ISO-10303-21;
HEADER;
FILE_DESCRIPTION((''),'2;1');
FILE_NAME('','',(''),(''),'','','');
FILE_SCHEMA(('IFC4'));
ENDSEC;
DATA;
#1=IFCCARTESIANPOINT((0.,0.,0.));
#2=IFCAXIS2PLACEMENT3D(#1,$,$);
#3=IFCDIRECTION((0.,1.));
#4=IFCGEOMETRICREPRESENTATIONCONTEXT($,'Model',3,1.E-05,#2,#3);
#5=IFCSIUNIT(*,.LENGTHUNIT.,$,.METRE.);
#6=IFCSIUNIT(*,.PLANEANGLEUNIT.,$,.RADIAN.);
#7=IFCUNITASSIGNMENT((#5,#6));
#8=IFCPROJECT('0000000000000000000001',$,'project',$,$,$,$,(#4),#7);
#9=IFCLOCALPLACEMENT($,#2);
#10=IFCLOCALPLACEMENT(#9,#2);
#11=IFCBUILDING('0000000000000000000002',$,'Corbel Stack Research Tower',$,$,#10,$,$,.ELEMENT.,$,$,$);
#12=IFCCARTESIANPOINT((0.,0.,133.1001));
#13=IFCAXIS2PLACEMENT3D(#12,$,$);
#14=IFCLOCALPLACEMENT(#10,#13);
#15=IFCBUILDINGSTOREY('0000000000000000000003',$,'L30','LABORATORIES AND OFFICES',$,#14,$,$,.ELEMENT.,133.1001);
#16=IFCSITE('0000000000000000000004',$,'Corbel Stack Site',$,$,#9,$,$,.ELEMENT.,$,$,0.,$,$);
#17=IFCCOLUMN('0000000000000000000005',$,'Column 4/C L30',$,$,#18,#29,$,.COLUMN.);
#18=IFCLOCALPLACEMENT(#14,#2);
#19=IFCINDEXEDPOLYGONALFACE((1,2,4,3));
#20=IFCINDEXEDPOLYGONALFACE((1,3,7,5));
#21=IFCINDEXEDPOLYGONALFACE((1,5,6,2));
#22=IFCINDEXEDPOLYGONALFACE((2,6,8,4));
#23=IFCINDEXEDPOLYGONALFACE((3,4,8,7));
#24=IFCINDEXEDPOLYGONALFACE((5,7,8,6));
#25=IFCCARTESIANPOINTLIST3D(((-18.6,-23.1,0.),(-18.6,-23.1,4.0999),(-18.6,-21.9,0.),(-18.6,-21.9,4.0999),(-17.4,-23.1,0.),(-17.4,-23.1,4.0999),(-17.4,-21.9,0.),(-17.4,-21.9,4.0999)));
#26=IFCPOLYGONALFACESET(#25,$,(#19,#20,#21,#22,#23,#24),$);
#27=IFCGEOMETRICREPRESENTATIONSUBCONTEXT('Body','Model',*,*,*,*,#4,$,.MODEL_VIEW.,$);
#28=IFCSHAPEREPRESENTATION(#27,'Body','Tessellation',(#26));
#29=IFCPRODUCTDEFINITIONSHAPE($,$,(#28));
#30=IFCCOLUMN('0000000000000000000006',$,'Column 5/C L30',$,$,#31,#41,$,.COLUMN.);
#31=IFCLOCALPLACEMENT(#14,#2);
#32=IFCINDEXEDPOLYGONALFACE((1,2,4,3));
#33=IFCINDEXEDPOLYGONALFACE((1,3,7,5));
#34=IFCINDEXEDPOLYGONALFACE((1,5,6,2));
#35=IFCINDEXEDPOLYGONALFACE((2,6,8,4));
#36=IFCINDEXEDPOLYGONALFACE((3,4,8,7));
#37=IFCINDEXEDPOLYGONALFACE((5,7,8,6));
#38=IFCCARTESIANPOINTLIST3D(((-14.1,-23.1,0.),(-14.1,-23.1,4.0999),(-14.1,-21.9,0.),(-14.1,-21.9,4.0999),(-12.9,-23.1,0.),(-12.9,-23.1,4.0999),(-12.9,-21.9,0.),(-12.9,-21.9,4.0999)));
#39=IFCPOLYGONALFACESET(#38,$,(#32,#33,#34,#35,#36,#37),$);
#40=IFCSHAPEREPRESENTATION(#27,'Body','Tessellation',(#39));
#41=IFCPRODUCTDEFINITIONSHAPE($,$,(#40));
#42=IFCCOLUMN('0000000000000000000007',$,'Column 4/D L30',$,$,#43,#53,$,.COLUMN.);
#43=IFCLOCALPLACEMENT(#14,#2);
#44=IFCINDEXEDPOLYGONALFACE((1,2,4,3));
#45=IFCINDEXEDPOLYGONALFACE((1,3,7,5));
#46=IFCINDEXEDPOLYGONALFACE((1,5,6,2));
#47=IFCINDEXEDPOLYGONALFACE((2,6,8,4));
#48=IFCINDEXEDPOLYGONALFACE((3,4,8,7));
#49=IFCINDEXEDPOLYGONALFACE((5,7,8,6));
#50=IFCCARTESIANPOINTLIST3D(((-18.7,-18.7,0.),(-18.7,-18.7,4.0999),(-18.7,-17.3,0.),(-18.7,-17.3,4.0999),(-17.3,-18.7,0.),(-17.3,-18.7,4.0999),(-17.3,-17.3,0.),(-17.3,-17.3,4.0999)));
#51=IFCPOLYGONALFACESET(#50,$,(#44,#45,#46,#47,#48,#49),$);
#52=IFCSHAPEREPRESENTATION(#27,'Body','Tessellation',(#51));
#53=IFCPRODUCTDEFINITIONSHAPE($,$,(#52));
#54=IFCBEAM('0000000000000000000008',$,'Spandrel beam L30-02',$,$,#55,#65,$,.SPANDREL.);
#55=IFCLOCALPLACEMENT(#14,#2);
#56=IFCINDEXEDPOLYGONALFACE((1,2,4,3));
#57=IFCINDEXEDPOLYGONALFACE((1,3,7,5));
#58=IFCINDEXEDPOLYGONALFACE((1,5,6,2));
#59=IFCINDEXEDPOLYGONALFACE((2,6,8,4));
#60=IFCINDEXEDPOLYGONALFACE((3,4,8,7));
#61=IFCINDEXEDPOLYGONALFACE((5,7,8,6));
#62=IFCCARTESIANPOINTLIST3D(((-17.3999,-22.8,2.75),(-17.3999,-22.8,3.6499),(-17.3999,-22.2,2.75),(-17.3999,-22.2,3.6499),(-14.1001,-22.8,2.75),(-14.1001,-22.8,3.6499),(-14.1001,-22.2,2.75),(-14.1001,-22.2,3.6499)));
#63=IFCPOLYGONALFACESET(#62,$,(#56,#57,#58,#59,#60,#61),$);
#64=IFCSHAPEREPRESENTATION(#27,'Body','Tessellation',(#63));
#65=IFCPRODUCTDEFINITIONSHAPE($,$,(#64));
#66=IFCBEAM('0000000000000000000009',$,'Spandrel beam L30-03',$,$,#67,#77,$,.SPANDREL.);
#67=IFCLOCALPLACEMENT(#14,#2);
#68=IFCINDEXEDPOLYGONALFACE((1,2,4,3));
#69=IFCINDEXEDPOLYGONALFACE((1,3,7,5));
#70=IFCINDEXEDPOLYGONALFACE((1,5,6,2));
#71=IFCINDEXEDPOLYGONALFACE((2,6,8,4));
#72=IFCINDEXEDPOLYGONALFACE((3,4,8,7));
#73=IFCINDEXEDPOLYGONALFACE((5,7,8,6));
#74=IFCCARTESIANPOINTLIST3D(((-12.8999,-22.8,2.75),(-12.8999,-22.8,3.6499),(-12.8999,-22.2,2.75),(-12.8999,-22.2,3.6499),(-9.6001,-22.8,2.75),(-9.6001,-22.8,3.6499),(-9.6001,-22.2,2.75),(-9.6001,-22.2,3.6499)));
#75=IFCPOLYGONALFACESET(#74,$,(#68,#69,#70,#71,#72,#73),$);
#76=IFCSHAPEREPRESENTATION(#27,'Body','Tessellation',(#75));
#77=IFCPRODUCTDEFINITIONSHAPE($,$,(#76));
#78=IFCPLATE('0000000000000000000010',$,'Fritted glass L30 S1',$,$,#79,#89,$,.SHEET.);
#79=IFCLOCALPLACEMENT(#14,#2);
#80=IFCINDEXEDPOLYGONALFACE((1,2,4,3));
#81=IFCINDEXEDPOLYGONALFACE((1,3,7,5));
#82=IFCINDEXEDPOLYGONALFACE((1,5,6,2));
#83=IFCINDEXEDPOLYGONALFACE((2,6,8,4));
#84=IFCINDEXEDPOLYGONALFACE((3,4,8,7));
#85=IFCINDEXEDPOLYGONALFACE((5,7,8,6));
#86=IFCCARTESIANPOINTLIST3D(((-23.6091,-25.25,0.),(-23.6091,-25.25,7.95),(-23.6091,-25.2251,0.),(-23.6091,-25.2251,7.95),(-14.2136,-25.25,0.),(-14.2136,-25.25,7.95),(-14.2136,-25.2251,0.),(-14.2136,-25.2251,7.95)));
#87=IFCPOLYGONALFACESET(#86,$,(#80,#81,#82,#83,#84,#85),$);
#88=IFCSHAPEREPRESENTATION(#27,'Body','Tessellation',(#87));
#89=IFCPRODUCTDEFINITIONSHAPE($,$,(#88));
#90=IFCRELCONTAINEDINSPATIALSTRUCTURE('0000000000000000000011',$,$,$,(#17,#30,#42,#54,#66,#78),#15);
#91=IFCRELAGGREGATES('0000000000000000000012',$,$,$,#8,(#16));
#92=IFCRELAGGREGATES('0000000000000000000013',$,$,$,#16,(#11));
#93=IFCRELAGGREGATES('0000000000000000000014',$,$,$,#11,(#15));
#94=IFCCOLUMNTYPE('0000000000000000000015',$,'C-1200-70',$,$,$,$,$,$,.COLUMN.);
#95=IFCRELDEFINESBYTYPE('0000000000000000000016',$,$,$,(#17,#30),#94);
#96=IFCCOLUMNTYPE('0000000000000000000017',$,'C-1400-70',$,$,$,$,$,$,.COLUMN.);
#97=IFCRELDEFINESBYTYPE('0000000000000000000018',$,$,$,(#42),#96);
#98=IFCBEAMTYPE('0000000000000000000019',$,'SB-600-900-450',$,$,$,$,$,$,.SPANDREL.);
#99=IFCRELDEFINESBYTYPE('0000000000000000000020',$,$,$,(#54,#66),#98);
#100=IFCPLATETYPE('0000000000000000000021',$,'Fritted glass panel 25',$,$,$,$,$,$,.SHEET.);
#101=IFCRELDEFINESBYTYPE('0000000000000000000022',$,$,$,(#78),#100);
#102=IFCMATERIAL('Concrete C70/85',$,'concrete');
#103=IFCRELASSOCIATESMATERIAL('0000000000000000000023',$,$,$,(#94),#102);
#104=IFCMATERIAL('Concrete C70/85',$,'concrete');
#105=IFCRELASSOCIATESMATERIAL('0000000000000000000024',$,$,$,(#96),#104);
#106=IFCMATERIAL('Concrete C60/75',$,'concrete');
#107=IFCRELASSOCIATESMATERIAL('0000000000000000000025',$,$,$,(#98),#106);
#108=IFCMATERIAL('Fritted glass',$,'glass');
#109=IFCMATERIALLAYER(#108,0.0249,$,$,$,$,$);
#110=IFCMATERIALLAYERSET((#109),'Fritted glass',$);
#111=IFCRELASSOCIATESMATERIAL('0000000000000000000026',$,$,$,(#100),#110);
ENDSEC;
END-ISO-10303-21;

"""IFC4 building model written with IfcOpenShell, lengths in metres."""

from ifc_helpers import new_model, si_unit, direction, frame, origin, origin_2d, place, context, subcontext, project, spatial, rectangle, extrude, material, layer, layer_set, material_profile, profile_set, type_object, element, save


model = new_model("IFC4")

# Units and contexts
model_context = context("Model", 3, precision=1e-05, world=origin(), true_north=direction((0.0, 1.0)))
body_context = subcontext(model_context, "Body", "Model", "MODEL_VIEW")
ifc_project = project(units=[si_unit("LENGTHUNIT", "METRE"), si_unit("PLANEANGLEUNIT", "RADIAN")], contexts=[model_context])

# Site, building, storey
site_placement = place(None, origin())
site = spatial("IfcSite", under=ifc_project, at=site_placement, Name="Corbel Stack Site", CompositionType="ELEMENT", RefElevation=0.0)
building_placement = place(site_placement, origin())
building = spatial("IfcBuilding", under=site, at=building_placement, Name="Corbel Stack Research Tower", CompositionType="ELEMENT")
storey_placement = place(building_placement, frame((0.0, 0.0, 133.1001)))
storey = spatial("IfcBuildingStorey", under=building, at=storey_placement, Name="L30", Description="LABORATORIES AND OFFICES", CompositionType="ELEMENT", Elevation=133.1001)

# Columns
ifc_material_1 = material(Name="Concrete C70/85", Category="concrete")
ifc_material_profile_1 = material_profile(ifc_material_1, rectangle(XDim=1.2, YDim=1.2, at=origin_2d()), Name="RC 1200 x 1200")
ifc_profile_set_1 = profile_set([ifc_material_profile_1], Name="Concrete C70/85")
column_type_1 = type_object("IfcColumnType", Name="C-1200-70", PredefinedType="COLUMN", material=ifc_profile_set_1)
for number, where, z_axis, x_axis, name in (
    (1, (-18.0, -22.5, 0.0), (0.0, 0.0, 1.0), (1.0, 0.0, 0.0), "Column 4/C L30"),
    (2, (-13.5, -22.5, 0.0), (0.0, 0.0, 1.0), (1.0, 0.0, 0.0), "Column 5/C L30"),
):
    element("IfcColumn", number, at=place(storey_placement, frame(where, z_axis=z_axis, x_axis=x_axis)), inside=storey, type_object=column_type_1, Name=name, PredefinedType="COLUMN", context=body_context, shape_type="SweptSolid", body=[
        extrude(rectangle(XDim=1.2, YDim=1.2, at=origin_2d()), origin(), (0.0, 0.0, 1.0), 4.0999),
    ])
ifc_material_2 = material(Name="Concrete C70/85", Category="concrete")
ifc_material_profile_2 = material_profile(ifc_material_2, rectangle(XDim=1.3999, YDim=1.3999, at=origin_2d()), Name="RC 1400 x 1400")
ifc_profile_set_2 = profile_set([ifc_material_profile_2], Name="Concrete C70/85")
column_type_2 = type_object("IfcColumnType", Name="C-1400-70", PredefinedType="COLUMN", material=ifc_profile_set_2)
column_placement = place(storey_placement, frame((-18.0, -18.0, 0.0), z_axis=(0.0, 0.0, 1.0), x_axis=(1.0, 0.0, 0.0)))
element("IfcColumn", 3, at=column_placement, inside=storey, type_object=column_type_2, Name="Column 4/D L30", PredefinedType="COLUMN", context=body_context, shape_type="SweptSolid", body=[
    extrude(rectangle(XDim=1.3999, YDim=1.3999, at=origin_2d()), origin(), (0.0, 0.0, 1.0), 4.0999),
])

# Beams
ifc_material_3 = material(Name="Concrete C60/75", Category="concrete")
ifc_material_profile_3 = material_profile(ifc_material_3, rectangle(XDim=0.6001, YDim=0.8999, at=origin_2d()), Name="RC 600 x 900")
ifc_profile_set_3 = profile_set([ifc_material_profile_3], Name="Concrete C60/75")
beam_type = type_object("IfcBeamType", Name="SB-600-900-450", PredefinedType="SPANDREL", material=ifc_profile_set_3)
for number, where, z_axis, x_axis, name in (
    (4, (-17.3999, -22.5, 3.2), (1.0, 0.0, 0.0), (0.0, 1.0, 0.0), "Spandrel beam L30-02"),
    (5, (-12.8999, -22.5, 3.2), (1.0, 0.0, 0.0), (0.0, 1.0, 0.0), "Spandrel beam L30-03"),
):
    element("IfcBeam", number, at=place(storey_placement, frame(where, z_axis=z_axis, x_axis=x_axis)), inside=storey, type_object=beam_type, Name=name, PredefinedType="SPANDREL", context=body_context, shape_type="SweptSolid", body=[
        extrude(rectangle(XDim=0.6001, YDim=0.8999, at=origin_2d()), origin(), (0.0, 0.0, 1.0), 3.2998),
    ])

# Plate
ifc_material_4 = material(Name="Fritted glass", Category="glass")
ifc_layer_1 = layer(ifc_material_4, 0.0249)
ifc_layer_set_1 = layer_set([ifc_layer_1], Name="Fritted glass")
plate_type = type_object("IfcPlateType", Name="Fritted glass panel 25", PredefinedType="SHEET", material=ifc_layer_set_1)
plate_placement = place(storey_placement, frame((-18.9114, -25.2375, 0.0), z_axis=(0.0, 0.0, 1.0), x_axis=(1.0, 0.0, 0.0)))
element("IfcPlate", 6, at=plate_placement, inside=storey, type_object=plate_type, Name="Fritted glass L30 S1", PredefinedType="SHEET", context=body_context, shape_type="SweptSolid", body=[
    extrude(rectangle(XDim=9.3955, YDim=0.0249, at=origin_2d()), origin(), (0.0, 0.0, 1.0), 7.95),
])

save(model, "model.ifc")
